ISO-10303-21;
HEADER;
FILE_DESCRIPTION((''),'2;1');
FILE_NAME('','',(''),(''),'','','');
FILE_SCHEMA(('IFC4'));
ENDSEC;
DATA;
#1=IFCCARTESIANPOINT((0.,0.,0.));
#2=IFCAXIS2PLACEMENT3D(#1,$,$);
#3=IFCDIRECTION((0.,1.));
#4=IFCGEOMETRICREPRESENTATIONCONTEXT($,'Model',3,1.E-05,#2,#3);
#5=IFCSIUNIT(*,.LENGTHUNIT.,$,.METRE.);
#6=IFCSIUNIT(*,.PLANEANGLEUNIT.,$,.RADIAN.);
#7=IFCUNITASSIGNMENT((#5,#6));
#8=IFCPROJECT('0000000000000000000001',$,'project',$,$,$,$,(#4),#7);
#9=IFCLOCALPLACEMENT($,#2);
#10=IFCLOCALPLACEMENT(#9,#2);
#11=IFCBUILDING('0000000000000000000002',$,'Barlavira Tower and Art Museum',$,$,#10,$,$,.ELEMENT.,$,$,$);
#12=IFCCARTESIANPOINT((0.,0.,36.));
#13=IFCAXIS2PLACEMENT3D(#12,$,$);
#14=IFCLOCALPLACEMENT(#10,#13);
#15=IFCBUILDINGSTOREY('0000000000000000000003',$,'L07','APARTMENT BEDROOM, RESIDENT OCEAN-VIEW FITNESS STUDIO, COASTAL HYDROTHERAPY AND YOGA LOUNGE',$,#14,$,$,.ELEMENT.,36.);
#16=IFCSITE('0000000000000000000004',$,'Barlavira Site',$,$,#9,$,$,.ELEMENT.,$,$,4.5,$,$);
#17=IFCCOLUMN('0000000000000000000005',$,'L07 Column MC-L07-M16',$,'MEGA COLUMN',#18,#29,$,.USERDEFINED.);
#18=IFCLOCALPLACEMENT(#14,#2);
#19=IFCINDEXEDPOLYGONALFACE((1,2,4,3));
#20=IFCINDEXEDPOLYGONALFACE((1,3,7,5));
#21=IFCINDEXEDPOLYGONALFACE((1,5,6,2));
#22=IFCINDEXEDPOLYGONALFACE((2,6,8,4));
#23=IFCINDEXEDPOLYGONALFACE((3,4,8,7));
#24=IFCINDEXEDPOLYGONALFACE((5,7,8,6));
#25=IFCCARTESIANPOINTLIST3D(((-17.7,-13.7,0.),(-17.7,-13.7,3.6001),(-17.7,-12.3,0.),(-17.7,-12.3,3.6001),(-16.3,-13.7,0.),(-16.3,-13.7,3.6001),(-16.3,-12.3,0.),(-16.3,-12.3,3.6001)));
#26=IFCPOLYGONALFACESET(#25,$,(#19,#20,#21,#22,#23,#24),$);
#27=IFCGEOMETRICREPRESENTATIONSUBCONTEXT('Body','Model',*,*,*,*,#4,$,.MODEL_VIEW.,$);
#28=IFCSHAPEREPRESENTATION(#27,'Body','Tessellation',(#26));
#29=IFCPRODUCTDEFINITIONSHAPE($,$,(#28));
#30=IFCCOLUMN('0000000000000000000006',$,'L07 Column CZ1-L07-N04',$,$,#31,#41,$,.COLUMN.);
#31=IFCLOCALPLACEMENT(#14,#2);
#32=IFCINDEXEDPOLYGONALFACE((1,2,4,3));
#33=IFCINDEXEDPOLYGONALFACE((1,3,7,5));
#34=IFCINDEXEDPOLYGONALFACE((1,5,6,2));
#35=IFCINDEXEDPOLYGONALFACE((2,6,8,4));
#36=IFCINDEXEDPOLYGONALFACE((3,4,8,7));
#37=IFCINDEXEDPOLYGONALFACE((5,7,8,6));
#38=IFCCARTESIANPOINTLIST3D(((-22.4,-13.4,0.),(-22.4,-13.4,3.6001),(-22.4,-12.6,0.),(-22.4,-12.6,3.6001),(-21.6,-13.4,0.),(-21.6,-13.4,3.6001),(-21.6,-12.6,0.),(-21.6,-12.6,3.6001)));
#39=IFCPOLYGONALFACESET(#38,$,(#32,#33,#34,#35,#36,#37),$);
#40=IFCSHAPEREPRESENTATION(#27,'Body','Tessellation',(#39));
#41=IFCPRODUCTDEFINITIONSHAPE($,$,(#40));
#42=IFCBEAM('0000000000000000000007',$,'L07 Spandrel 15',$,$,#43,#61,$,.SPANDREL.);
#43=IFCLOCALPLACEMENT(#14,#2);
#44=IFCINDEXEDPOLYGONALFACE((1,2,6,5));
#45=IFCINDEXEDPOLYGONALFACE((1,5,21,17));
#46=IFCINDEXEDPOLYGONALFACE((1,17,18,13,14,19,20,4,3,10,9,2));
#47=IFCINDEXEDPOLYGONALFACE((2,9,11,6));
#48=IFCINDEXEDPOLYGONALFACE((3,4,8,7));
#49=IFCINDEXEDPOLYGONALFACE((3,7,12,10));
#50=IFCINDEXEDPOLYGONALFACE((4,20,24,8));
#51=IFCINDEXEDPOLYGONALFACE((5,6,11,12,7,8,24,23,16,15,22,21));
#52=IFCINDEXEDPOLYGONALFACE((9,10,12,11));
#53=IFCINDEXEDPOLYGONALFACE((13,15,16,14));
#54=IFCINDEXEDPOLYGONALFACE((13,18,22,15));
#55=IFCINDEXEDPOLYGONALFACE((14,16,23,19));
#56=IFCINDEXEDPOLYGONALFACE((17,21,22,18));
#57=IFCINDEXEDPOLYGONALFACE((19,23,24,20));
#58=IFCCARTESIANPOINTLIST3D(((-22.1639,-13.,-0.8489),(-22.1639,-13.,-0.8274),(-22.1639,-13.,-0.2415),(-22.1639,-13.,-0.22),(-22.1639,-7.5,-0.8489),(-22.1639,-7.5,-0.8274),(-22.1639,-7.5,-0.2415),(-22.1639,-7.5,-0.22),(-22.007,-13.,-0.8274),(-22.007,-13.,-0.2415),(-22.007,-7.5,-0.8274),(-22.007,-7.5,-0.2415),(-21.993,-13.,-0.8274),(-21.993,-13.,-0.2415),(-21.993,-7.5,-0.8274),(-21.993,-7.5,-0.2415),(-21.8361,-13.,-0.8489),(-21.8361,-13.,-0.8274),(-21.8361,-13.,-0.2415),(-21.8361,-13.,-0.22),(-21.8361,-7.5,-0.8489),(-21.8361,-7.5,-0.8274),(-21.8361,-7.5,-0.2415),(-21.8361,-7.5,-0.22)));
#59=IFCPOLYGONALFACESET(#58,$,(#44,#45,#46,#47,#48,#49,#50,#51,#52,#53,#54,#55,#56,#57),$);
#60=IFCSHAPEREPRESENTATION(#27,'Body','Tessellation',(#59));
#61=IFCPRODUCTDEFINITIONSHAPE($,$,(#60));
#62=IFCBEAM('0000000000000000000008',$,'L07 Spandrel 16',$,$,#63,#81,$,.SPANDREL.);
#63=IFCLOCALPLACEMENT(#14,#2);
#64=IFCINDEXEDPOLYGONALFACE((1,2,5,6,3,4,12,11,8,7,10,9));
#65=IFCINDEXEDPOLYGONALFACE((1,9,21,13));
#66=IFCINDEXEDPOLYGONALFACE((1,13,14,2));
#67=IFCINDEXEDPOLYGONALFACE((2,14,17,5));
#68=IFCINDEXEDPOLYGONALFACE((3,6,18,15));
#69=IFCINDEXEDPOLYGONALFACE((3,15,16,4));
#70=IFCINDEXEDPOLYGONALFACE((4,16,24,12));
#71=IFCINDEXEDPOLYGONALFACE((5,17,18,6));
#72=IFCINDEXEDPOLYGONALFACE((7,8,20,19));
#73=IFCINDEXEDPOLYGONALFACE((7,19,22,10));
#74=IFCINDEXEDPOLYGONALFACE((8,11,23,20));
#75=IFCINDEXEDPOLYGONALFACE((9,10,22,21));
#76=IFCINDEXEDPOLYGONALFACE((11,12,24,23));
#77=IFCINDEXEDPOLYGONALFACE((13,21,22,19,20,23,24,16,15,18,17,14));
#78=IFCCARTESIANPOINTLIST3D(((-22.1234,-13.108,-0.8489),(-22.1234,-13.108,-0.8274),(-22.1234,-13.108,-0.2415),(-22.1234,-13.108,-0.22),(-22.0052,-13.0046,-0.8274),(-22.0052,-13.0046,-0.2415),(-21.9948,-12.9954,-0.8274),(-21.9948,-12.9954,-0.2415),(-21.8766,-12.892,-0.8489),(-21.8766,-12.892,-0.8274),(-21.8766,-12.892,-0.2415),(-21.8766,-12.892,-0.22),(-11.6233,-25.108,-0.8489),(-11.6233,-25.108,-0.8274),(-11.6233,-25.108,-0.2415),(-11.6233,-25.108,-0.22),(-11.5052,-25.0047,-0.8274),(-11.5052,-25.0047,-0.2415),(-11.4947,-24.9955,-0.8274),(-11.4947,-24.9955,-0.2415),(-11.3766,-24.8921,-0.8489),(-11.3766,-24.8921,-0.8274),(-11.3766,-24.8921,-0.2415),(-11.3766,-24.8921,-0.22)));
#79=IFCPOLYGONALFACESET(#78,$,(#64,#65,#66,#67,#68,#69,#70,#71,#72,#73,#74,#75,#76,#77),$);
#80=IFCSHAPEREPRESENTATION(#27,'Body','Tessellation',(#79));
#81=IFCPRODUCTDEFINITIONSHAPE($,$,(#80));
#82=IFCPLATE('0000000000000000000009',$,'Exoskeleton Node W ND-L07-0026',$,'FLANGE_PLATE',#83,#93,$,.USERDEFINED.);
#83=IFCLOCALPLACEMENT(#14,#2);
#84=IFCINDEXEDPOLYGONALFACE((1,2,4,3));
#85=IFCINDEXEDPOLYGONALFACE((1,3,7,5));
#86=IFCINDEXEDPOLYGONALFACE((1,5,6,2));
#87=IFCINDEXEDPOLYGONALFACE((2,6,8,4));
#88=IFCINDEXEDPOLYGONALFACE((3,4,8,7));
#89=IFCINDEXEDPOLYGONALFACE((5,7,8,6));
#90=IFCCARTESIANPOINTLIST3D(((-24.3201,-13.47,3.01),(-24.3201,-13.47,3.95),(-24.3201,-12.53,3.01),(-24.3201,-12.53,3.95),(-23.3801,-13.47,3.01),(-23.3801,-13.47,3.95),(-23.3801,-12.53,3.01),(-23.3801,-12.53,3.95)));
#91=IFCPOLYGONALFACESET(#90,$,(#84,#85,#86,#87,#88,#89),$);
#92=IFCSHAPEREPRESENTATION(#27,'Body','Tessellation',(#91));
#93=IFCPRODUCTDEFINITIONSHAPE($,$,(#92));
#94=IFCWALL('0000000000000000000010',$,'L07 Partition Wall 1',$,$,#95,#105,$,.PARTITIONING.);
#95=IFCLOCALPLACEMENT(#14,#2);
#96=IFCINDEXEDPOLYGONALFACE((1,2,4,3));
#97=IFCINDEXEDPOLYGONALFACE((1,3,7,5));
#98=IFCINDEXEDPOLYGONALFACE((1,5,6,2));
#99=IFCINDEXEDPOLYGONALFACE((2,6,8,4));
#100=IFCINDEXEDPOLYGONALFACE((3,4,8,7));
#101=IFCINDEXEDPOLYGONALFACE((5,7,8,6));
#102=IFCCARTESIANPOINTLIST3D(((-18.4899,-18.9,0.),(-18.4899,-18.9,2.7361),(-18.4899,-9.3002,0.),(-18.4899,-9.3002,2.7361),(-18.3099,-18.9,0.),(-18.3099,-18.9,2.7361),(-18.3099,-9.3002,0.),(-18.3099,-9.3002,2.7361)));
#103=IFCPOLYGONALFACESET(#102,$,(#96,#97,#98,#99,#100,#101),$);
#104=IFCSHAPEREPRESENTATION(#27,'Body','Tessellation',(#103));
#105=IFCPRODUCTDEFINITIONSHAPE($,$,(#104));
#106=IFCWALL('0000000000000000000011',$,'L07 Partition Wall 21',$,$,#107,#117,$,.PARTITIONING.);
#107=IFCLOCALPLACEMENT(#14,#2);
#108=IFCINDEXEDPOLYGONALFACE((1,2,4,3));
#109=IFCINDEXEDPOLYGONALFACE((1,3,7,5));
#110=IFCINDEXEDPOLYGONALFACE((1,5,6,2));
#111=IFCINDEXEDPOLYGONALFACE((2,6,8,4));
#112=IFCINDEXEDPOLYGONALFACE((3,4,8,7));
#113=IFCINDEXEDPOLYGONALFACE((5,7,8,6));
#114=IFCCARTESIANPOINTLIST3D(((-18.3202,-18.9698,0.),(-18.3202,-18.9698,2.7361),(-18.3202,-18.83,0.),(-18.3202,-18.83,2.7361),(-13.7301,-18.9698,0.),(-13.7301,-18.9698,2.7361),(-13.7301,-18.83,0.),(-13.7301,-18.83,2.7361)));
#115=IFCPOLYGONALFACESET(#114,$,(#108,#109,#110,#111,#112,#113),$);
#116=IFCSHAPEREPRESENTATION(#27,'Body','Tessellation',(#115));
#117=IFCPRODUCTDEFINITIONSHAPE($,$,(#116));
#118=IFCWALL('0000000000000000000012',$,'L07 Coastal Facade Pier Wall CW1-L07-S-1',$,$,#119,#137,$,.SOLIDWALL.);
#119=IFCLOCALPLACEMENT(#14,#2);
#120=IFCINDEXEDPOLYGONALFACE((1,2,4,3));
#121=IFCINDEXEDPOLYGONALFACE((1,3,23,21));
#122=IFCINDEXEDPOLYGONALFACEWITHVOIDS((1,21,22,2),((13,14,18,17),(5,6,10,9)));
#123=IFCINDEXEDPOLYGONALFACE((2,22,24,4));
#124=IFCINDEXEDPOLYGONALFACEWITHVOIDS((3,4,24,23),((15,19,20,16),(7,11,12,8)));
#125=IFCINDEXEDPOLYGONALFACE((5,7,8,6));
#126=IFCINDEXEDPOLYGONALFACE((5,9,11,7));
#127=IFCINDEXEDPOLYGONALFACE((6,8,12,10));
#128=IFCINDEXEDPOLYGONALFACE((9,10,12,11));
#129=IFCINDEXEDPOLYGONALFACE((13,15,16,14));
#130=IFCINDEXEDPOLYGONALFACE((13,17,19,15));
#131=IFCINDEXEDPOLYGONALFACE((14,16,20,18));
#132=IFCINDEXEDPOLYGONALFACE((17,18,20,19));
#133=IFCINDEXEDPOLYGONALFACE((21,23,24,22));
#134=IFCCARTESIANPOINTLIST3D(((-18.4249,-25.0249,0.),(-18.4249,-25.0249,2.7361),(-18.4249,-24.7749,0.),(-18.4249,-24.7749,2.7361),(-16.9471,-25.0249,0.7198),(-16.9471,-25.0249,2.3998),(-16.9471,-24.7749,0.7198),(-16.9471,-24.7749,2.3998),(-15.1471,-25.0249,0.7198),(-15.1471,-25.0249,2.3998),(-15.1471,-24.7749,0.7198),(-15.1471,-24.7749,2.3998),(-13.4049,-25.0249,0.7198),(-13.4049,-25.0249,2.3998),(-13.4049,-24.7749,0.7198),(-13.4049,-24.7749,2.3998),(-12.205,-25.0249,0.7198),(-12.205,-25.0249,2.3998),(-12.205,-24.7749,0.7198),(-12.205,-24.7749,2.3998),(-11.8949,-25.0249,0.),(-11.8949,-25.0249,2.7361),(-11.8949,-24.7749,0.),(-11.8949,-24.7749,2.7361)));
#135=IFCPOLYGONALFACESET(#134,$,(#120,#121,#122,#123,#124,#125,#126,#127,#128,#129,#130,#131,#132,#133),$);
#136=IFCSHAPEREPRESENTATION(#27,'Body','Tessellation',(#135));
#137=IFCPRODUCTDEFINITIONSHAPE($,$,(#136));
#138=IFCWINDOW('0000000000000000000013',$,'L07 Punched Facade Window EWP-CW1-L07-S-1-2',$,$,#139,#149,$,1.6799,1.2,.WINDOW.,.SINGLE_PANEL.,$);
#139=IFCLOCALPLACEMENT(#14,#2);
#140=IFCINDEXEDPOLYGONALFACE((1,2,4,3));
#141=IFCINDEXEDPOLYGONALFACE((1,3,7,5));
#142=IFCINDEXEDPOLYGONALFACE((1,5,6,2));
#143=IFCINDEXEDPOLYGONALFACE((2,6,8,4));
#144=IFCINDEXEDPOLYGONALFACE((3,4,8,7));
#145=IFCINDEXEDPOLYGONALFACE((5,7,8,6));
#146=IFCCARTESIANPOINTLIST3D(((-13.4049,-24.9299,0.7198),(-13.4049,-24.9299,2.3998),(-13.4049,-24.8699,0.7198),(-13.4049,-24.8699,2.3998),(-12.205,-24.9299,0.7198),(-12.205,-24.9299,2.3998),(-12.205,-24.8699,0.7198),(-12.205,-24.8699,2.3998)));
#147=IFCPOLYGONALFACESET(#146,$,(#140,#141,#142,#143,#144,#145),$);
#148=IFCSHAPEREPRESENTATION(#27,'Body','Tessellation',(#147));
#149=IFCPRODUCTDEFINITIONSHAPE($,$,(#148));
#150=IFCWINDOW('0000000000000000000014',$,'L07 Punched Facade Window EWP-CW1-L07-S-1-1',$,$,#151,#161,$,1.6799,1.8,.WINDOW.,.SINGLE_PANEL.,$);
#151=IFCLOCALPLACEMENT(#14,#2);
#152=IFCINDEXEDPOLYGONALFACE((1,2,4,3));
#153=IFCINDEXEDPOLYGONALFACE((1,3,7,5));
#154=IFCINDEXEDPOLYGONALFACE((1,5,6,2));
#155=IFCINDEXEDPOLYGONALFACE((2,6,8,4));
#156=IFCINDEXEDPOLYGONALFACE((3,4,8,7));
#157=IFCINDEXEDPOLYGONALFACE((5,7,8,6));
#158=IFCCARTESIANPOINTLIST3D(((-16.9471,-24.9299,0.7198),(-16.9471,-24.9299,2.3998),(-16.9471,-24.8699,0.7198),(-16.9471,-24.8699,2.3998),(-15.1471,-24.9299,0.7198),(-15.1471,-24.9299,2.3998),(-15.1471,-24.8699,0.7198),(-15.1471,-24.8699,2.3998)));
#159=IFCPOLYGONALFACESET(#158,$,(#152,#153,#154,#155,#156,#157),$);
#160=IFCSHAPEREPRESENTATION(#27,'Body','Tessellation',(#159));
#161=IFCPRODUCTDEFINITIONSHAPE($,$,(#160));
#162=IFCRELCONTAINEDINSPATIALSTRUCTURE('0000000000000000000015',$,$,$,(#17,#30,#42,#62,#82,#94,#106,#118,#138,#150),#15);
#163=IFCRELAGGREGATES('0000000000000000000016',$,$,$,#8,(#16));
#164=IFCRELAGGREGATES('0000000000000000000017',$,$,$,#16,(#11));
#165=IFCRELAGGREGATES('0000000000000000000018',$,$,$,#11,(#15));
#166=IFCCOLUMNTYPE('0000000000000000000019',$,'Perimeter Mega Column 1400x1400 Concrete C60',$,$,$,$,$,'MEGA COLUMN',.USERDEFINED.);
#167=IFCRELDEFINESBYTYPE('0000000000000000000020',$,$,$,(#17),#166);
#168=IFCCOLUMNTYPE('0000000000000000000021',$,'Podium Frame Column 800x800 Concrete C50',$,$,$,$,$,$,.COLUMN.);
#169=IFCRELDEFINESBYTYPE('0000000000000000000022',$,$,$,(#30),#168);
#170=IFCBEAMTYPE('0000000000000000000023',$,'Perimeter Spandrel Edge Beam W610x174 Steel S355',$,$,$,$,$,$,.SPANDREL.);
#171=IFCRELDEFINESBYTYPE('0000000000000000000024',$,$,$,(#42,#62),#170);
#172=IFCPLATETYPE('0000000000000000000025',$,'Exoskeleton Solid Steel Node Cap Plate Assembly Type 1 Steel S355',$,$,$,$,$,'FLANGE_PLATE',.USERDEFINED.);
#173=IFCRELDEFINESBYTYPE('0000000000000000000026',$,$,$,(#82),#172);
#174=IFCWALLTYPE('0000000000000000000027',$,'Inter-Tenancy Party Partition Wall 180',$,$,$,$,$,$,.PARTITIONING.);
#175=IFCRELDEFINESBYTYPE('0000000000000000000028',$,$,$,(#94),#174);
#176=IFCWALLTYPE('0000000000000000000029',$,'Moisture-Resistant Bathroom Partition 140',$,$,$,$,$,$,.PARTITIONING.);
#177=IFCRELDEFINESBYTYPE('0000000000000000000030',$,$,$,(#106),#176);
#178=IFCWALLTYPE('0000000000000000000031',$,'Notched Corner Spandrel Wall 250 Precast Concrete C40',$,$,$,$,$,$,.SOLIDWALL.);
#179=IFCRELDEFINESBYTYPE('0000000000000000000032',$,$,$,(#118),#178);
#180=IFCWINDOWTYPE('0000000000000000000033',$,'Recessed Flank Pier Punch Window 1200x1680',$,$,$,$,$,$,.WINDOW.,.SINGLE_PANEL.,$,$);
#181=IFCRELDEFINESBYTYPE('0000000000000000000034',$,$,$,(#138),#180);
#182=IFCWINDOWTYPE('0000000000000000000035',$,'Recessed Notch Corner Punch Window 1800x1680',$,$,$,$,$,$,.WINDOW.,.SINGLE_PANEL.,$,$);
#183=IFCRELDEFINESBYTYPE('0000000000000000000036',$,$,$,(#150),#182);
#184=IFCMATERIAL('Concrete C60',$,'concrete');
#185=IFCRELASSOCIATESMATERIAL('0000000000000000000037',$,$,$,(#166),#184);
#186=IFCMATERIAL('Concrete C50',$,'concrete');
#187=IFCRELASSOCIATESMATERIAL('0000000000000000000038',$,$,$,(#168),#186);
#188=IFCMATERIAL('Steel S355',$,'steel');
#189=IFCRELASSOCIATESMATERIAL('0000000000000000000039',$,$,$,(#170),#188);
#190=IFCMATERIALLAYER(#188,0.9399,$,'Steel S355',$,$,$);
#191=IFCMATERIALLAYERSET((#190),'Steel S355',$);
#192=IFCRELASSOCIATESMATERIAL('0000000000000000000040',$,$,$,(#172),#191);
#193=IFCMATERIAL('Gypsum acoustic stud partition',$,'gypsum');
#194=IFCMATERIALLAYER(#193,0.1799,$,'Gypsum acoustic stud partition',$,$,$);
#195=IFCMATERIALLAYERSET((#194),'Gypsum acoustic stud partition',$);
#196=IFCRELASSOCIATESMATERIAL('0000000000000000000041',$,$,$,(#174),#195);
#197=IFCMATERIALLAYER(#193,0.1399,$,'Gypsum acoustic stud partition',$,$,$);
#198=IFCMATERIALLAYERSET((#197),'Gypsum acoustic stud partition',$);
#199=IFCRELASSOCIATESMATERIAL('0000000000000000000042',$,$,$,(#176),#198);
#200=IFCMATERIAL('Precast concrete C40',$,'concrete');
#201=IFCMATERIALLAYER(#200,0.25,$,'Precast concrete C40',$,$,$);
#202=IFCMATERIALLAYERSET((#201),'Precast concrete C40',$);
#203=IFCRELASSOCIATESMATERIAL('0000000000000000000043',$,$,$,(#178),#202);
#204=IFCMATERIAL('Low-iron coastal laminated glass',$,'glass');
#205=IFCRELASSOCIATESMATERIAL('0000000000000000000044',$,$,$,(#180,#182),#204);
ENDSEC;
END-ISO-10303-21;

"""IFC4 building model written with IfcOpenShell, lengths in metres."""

from ifc_helpers import new_model, si_unit, direction, frame, frame_2d, origin, origin_2d, place, context, subcontext, project, spatial, rectangle, i_section, extrude, material, layer, layer_set, material_profile, profile_set, type_object, element, fill, save


model = new_model("IFC4")

# Units and contexts
model_context = context("Model", 3, precision=1e-05, world=origin(), true_north=direction((0.0, 1.0)))
body_context = subcontext(model_context, "Body", "Model", "MODEL_VIEW")
ifc_project = project(units=[si_unit("LENGTHUNIT", "METRE"), si_unit("PLANEANGLEUNIT", "RADIAN")], contexts=[model_context])

# Site, building, storey
site_placement = place(None, origin())
site = spatial("IfcSite", under=ifc_project, at=site_placement, Name="Barlavira Site", CompositionType="ELEMENT", RefElevation=4.5)
building_placement = place(site_placement, origin())
building = spatial("IfcBuilding", under=site, at=building_placement, Name="Barlavira Tower and Art Museum", CompositionType="ELEMENT")
storey_placement = place(building_placement, frame((0.0, 0.0, 36.0)))
storey = spatial("IfcBuildingStorey", under=building, at=storey_placement, Name="L07", Description="APARTMENT BEDROOM, RESIDENT OCEAN-VIEW FITNESS STUDIO, COASTAL HYDROTHERAPY AND YOGA LOUNGE", CompositionType="ELEMENT", Elevation=36.0)

# Columns
ifc_material_1 = material(Name="Concrete C60", Category="concrete")
ifc_material_profile_1 = material_profile(ifc_material_1, rectangle(XDim=1.3999, YDim=1.3999, at=origin_2d()), Name="RC-MCOL 1400x1400")
ifc_profile_set_1 = profile_set([ifc_material_profile_1], Name="Concrete C60")
column_type_1 = type_object("IfcColumnType", Name="Perimeter Mega Column 1400x1400 Concrete C60", ElementType="MEGA COLUMN", PredefinedType="USERDEFINED", material=ifc_profile_set_1)
column_1_placement = place(storey_placement, frame((-17.0, -13.0, 0.0), z_axis=(0.0, 0.0, 1.0), x_axis=(1.0, 0.0, 0.0)))
element("IfcColumn", 1, at=column_1_placement, inside=storey, type_object=column_type_1, Name="L07 Column MC-L07-M16", ObjectType="MEGA COLUMN", PredefinedType="USERDEFINED", context=body_context, shape_type="SweptSolid", body=[
    extrude(rectangle(XDim=1.3999, YDim=1.3999, at=origin_2d()), origin(), (0.0, 0.0, 1.0), 3.6001),
])
ifc_material_2 = material(Name="Concrete C50", Category="concrete")
ifc_material_profile_2 = material_profile(ifc_material_2, rectangle(XDim=0.8, YDim=0.8, at=origin_2d()), Name="RC-COL 800x800")
ifc_profile_set_2 = profile_set([ifc_material_profile_2], Name="Concrete C50")
column_type_2 = type_object("IfcColumnType", Name="Podium Frame Column 800x800 Concrete C50", PredefinedType="COLUMN", material=ifc_profile_set_2)
column_2_placement = place(storey_placement, frame((-22.0, -13.0, 0.0), z_axis=(0.0, 0.0, 1.0), x_axis=(1.0, 0.0, 0.0)))
element("IfcColumn", 2, at=column_2_placement, inside=storey, type_object=column_type_2, Name="L07 Column CZ1-L07-N04", PredefinedType="COLUMN", context=body_context, shape_type="SweptSolid", body=[
    extrude(rectangle(XDim=0.8, YDim=0.8, at=origin_2d()), origin(), (0.0, 0.0, 1.0), 3.6001),
])

# Beams
ifc_material_3 = material(Name="Steel S355", Category="steel")
ifc_material_profile_3 = material_profile(ifc_material_3, i_section(OverallWidth=0.3279, OverallDepth=0.6289, WebThickness=0.0139, FlangeThickness=0.0215, at=origin_2d()), Name="W610x174.0")
ifc_profile_set_3 = profile_set([ifc_material_profile_3], Name="Steel S355")
beam_type = type_object("IfcBeamType", Name="Perimeter Spandrel Edge Beam W610x174 Steel S355", PredefinedType="SPANDREL", material=ifc_profile_set_3)
beam_1_placement = place(storey_placement, frame((-22.0, -13.0, -0.5344), z_axis=(0.0, 1.0, 0.0), x_axis=(-1.0, 0.0, 0.0)))
element("IfcBeam", 3, at=beam_1_placement, inside=storey, type_object=beam_type, Name="L07 Spandrel 15", PredefinedType="SPANDREL", context=body_context, shape_type="SweptSolid", body=[
    extrude(i_section(OverallWidth=0.3279, OverallDepth=0.6289, WebThickness=0.0139, FlangeThickness=0.0215, at=origin_2d()), origin(), (0.0, 0.0, 1.0), 5.5),
])
beam_2_placement = place(storey_placement, frame((-22.0, -13.0, -0.5344), z_axis=(0.658505, -0.752577, 0.0), x_axis=(0.752577, 0.658505, 0.0)))
element("IfcBeam", 4, at=beam_2_placement, inside=storey, type_object=beam_type, Name="L07 Spandrel 16", PredefinedType="SPANDREL", context=body_context, shape_type="SweptSolid", body=[
    extrude(i_section(OverallWidth=0.3279, OverallDepth=0.6289, WebThickness=0.0139, FlangeThickness=0.0215, at=origin_2d()), origin(), (0.0, 0.0, 1.0), 15.9453),
])

# Plate
ifc_layer_1 = layer(ifc_material_3, 0.9399, Name="Steel S355")
ifc_layer_set_1 = layer_set([ifc_layer_1], Name="Steel S355")
plate_type = type_object("IfcPlateType", Name="Exoskeleton Solid Steel Node Cap Plate Assembly Type 1 Steel S355", ElementType="FLANGE_PLATE", PredefinedType="USERDEFINED", material=ifc_layer_set_1)
plate_placement = place(storey_placement, frame((-23.8501, -13.0, 3.01), z_axis=(0.0, 0.0, 1.0), x_axis=(1.0, 0.0, 0.0)))
element("IfcPlate", 5, at=plate_placement, inside=storey, type_object=plate_type, Name="Exoskeleton Node W ND-L07-0026", ObjectType="FLANGE_PLATE", PredefinedType="USERDEFINED", context=body_context, shape_type="SweptSolid", body=[
    extrude(rectangle(XDim=0.9399, YDim=0.9399, at=origin_2d()), origin(), (0.0, 0.0, 1.0), 0.9399),
])

# Walls
ifc_material_4 = material(Name="Gypsum acoustic stud partition", Category="gypsum")
ifc_layer_2 = layer(ifc_material_4, 0.1799, Name="Gypsum acoustic stud partition")
ifc_layer_set_2 = layer_set([ifc_layer_2], Name="Gypsum acoustic stud partition")
wall_type_1 = type_object("IfcWallType", Name="Inter-Tenancy Party Partition Wall 180", PredefinedType="PARTITIONING", material=ifc_layer_set_2)
wall_1_placement = place(storey_placement, frame((-18.3999, -18.8999, 0.0), z_axis=(0.0, 0.0, 1.0), x_axis=(0.0, 1.0, 0.0)))
element("IfcWall", 6, at=wall_1_placement, inside=storey, type_object=wall_type_1, Name="L07 Partition Wall 1", PredefinedType="PARTITIONING", context=body_context, shape_type="SweptSolid", body=[
    extrude(rectangle(XDim=9.5999, YDim=0.1799, at=frame_2d((4.7998, 0.0))), origin(), (0.0, 0.0, 1.0), 2.7361),
])
ifc_layer_3 = layer(ifc_material_4, 0.1399, Name="Gypsum acoustic stud partition")
ifc_layer_set_3 = layer_set([ifc_layer_3], Name="Gypsum acoustic stud partition")
wall_type_2 = type_object("IfcWallType", Name="Moisture-Resistant Bathroom Partition 140", PredefinedType="PARTITIONING", material=ifc_layer_set_3)
wall_2_placement = place(storey_placement, frame((-18.3201, -18.8999, 0.0), z_axis=(0.0, 0.0, 1.0), x_axis=(1.0, 0.0, 0.0)))
element("IfcWall", 7, at=wall_2_placement, inside=storey, type_object=wall_type_2, Name="L07 Partition Wall 21", PredefinedType="PARTITIONING", context=body_context, shape_type="SweptSolid", body=[
    extrude(rectangle(XDim=4.5901, YDim=0.1399, at=frame_2d((2.2949, 0.0))), origin(), (0.0, 0.0, 1.0), 2.7361),
])

# Wall, openings, windows
ifc_material_5 = material(Name="Precast concrete C40", Category="concrete")
ifc_layer_4 = layer(ifc_material_5, 0.25, Name="Precast concrete C40")
ifc_layer_set_4 = layer_set([ifc_layer_4], Name="Precast concrete C40")
wall_type_3 = type_object("IfcWallType", Name="Notched Corner Spandrel Wall 250 Precast Concrete C40", PredefinedType="SOLIDWALL", material=ifc_layer_set_4)
wall_3_placement = place(storey_placement, frame((-18.425, -24.8999, 0.0), z_axis=(0.0, 0.0, 1.0), x_axis=(1.0, 0.0, 0.0)))
wall_3 = element("IfcWall", 8, at=wall_3_placement, inside=storey, type_object=wall_type_3, Name="L07 Coastal Facade Pier Wall CW1-L07-S-1", PredefinedType="SOLIDWALL", context=body_context, shape_type="SweptSolid", body=[
    extrude(rectangle(XDim=6.53, YDim=0.25, at=frame_2d((3.2651, 0.0))), origin(), (0.0, 0.0, 1.0), 2.7361),
])
opening_1_placement = place(wall_3_placement, frame((1.478, 0.0, 0.72)))
opening_1 = element("IfcOpeningElement", 9, at=opening_1_placement, cuts=wall_3, PredefinedType="OPENING", context=body_context, shape_type="SweptSolid", body=[
    extrude(rectangle(XDim=1.8, YDim=1.6799, at=frame_2d((0.8999, 0.8398))), frame((0.0, 0.135, 0.0), z_axis=(0.0, -1.0, 0.0), x_axis=(1.0, 0.0, 0.0)), (0.0, 0.0, 1.0), 0.27),
])
opening_2_placement = place(wall_3_placement, frame((5.02, 0.0, 0.72)))
opening_2 = element("IfcOpeningElement", 10, at=opening_2_placement, cuts=wall_3, PredefinedType="OPENING", context=body_context, shape_type="SweptSolid", body=[
    extrude(rectangle(XDim=1.2, YDim=1.6799, at=frame_2d((0.6001, 0.8398))), frame((0.0, 0.135, 0.0), z_axis=(0.0, -1.0, 0.0), x_axis=(1.0, 0.0, 0.0)), (0.0, 0.0, 1.0), 0.27),
])
ifc_material_6 = material(Name="Low-iron coastal laminated glass", Category="glass")
window_type_1 = type_object("IfcWindowType", Name="Recessed Flank Pier Punch Window 1200x1680", PartitioningType="SINGLE_PANEL", PredefinedType="WINDOW", material=ifc_material_6)
window_1_placement = place(opening_2_placement, origin())
window_1 = element("IfcWindow", 11, at=window_1_placement, inside=storey, type_object=window_type_1, Name="L07 Punched Facade Window EWP-CW1-L07-S-1-2", OverallHeight=1.6799, OverallWidth=1.2, PartitioningType="SINGLE_PANEL", PredefinedType="WINDOW", context=body_context, shape_type="SweptSolid", body=[
    extrude(rectangle(XDim=1.2, YDim=1.6799, at=frame_2d((0.6001, 0.8398))), frame((0.0, 0.03, 0.0), z_axis=(0.0, -1.0, 0.0), x_axis=(1.0, 0.0, 0.0)), (0.0, 0.0, 1.0), 0.0601),
])
fill(opening_2, window_1)
window_type_2 = type_object("IfcWindowType", Name="Recessed Notch Corner Punch Window 1800x1680", PartitioningType="SINGLE_PANEL", PredefinedType="WINDOW", material=ifc_material_6)
window_2_placement = place(opening_1_placement, origin())
window_2 = element("IfcWindow", 12, at=window_2_placement, inside=storey, type_object=window_type_2, Name="L07 Punched Facade Window EWP-CW1-L07-S-1-1", OverallHeight=1.6799, OverallWidth=1.8, PartitioningType="SINGLE_PANEL", PredefinedType="WINDOW", context=body_context, shape_type="SweptSolid", body=[
    extrude(rectangle(XDim=1.8, YDim=1.6799, at=frame_2d((0.8999, 0.8398))), frame((0.0, 0.03, 0.0), z_axis=(0.0, -1.0, 0.0), x_axis=(1.0, 0.0, 0.0)), (0.0, 0.0, 1.0), 0.0601),
])
fill(opening_1, window_2)

save(model, "model.ifc")
